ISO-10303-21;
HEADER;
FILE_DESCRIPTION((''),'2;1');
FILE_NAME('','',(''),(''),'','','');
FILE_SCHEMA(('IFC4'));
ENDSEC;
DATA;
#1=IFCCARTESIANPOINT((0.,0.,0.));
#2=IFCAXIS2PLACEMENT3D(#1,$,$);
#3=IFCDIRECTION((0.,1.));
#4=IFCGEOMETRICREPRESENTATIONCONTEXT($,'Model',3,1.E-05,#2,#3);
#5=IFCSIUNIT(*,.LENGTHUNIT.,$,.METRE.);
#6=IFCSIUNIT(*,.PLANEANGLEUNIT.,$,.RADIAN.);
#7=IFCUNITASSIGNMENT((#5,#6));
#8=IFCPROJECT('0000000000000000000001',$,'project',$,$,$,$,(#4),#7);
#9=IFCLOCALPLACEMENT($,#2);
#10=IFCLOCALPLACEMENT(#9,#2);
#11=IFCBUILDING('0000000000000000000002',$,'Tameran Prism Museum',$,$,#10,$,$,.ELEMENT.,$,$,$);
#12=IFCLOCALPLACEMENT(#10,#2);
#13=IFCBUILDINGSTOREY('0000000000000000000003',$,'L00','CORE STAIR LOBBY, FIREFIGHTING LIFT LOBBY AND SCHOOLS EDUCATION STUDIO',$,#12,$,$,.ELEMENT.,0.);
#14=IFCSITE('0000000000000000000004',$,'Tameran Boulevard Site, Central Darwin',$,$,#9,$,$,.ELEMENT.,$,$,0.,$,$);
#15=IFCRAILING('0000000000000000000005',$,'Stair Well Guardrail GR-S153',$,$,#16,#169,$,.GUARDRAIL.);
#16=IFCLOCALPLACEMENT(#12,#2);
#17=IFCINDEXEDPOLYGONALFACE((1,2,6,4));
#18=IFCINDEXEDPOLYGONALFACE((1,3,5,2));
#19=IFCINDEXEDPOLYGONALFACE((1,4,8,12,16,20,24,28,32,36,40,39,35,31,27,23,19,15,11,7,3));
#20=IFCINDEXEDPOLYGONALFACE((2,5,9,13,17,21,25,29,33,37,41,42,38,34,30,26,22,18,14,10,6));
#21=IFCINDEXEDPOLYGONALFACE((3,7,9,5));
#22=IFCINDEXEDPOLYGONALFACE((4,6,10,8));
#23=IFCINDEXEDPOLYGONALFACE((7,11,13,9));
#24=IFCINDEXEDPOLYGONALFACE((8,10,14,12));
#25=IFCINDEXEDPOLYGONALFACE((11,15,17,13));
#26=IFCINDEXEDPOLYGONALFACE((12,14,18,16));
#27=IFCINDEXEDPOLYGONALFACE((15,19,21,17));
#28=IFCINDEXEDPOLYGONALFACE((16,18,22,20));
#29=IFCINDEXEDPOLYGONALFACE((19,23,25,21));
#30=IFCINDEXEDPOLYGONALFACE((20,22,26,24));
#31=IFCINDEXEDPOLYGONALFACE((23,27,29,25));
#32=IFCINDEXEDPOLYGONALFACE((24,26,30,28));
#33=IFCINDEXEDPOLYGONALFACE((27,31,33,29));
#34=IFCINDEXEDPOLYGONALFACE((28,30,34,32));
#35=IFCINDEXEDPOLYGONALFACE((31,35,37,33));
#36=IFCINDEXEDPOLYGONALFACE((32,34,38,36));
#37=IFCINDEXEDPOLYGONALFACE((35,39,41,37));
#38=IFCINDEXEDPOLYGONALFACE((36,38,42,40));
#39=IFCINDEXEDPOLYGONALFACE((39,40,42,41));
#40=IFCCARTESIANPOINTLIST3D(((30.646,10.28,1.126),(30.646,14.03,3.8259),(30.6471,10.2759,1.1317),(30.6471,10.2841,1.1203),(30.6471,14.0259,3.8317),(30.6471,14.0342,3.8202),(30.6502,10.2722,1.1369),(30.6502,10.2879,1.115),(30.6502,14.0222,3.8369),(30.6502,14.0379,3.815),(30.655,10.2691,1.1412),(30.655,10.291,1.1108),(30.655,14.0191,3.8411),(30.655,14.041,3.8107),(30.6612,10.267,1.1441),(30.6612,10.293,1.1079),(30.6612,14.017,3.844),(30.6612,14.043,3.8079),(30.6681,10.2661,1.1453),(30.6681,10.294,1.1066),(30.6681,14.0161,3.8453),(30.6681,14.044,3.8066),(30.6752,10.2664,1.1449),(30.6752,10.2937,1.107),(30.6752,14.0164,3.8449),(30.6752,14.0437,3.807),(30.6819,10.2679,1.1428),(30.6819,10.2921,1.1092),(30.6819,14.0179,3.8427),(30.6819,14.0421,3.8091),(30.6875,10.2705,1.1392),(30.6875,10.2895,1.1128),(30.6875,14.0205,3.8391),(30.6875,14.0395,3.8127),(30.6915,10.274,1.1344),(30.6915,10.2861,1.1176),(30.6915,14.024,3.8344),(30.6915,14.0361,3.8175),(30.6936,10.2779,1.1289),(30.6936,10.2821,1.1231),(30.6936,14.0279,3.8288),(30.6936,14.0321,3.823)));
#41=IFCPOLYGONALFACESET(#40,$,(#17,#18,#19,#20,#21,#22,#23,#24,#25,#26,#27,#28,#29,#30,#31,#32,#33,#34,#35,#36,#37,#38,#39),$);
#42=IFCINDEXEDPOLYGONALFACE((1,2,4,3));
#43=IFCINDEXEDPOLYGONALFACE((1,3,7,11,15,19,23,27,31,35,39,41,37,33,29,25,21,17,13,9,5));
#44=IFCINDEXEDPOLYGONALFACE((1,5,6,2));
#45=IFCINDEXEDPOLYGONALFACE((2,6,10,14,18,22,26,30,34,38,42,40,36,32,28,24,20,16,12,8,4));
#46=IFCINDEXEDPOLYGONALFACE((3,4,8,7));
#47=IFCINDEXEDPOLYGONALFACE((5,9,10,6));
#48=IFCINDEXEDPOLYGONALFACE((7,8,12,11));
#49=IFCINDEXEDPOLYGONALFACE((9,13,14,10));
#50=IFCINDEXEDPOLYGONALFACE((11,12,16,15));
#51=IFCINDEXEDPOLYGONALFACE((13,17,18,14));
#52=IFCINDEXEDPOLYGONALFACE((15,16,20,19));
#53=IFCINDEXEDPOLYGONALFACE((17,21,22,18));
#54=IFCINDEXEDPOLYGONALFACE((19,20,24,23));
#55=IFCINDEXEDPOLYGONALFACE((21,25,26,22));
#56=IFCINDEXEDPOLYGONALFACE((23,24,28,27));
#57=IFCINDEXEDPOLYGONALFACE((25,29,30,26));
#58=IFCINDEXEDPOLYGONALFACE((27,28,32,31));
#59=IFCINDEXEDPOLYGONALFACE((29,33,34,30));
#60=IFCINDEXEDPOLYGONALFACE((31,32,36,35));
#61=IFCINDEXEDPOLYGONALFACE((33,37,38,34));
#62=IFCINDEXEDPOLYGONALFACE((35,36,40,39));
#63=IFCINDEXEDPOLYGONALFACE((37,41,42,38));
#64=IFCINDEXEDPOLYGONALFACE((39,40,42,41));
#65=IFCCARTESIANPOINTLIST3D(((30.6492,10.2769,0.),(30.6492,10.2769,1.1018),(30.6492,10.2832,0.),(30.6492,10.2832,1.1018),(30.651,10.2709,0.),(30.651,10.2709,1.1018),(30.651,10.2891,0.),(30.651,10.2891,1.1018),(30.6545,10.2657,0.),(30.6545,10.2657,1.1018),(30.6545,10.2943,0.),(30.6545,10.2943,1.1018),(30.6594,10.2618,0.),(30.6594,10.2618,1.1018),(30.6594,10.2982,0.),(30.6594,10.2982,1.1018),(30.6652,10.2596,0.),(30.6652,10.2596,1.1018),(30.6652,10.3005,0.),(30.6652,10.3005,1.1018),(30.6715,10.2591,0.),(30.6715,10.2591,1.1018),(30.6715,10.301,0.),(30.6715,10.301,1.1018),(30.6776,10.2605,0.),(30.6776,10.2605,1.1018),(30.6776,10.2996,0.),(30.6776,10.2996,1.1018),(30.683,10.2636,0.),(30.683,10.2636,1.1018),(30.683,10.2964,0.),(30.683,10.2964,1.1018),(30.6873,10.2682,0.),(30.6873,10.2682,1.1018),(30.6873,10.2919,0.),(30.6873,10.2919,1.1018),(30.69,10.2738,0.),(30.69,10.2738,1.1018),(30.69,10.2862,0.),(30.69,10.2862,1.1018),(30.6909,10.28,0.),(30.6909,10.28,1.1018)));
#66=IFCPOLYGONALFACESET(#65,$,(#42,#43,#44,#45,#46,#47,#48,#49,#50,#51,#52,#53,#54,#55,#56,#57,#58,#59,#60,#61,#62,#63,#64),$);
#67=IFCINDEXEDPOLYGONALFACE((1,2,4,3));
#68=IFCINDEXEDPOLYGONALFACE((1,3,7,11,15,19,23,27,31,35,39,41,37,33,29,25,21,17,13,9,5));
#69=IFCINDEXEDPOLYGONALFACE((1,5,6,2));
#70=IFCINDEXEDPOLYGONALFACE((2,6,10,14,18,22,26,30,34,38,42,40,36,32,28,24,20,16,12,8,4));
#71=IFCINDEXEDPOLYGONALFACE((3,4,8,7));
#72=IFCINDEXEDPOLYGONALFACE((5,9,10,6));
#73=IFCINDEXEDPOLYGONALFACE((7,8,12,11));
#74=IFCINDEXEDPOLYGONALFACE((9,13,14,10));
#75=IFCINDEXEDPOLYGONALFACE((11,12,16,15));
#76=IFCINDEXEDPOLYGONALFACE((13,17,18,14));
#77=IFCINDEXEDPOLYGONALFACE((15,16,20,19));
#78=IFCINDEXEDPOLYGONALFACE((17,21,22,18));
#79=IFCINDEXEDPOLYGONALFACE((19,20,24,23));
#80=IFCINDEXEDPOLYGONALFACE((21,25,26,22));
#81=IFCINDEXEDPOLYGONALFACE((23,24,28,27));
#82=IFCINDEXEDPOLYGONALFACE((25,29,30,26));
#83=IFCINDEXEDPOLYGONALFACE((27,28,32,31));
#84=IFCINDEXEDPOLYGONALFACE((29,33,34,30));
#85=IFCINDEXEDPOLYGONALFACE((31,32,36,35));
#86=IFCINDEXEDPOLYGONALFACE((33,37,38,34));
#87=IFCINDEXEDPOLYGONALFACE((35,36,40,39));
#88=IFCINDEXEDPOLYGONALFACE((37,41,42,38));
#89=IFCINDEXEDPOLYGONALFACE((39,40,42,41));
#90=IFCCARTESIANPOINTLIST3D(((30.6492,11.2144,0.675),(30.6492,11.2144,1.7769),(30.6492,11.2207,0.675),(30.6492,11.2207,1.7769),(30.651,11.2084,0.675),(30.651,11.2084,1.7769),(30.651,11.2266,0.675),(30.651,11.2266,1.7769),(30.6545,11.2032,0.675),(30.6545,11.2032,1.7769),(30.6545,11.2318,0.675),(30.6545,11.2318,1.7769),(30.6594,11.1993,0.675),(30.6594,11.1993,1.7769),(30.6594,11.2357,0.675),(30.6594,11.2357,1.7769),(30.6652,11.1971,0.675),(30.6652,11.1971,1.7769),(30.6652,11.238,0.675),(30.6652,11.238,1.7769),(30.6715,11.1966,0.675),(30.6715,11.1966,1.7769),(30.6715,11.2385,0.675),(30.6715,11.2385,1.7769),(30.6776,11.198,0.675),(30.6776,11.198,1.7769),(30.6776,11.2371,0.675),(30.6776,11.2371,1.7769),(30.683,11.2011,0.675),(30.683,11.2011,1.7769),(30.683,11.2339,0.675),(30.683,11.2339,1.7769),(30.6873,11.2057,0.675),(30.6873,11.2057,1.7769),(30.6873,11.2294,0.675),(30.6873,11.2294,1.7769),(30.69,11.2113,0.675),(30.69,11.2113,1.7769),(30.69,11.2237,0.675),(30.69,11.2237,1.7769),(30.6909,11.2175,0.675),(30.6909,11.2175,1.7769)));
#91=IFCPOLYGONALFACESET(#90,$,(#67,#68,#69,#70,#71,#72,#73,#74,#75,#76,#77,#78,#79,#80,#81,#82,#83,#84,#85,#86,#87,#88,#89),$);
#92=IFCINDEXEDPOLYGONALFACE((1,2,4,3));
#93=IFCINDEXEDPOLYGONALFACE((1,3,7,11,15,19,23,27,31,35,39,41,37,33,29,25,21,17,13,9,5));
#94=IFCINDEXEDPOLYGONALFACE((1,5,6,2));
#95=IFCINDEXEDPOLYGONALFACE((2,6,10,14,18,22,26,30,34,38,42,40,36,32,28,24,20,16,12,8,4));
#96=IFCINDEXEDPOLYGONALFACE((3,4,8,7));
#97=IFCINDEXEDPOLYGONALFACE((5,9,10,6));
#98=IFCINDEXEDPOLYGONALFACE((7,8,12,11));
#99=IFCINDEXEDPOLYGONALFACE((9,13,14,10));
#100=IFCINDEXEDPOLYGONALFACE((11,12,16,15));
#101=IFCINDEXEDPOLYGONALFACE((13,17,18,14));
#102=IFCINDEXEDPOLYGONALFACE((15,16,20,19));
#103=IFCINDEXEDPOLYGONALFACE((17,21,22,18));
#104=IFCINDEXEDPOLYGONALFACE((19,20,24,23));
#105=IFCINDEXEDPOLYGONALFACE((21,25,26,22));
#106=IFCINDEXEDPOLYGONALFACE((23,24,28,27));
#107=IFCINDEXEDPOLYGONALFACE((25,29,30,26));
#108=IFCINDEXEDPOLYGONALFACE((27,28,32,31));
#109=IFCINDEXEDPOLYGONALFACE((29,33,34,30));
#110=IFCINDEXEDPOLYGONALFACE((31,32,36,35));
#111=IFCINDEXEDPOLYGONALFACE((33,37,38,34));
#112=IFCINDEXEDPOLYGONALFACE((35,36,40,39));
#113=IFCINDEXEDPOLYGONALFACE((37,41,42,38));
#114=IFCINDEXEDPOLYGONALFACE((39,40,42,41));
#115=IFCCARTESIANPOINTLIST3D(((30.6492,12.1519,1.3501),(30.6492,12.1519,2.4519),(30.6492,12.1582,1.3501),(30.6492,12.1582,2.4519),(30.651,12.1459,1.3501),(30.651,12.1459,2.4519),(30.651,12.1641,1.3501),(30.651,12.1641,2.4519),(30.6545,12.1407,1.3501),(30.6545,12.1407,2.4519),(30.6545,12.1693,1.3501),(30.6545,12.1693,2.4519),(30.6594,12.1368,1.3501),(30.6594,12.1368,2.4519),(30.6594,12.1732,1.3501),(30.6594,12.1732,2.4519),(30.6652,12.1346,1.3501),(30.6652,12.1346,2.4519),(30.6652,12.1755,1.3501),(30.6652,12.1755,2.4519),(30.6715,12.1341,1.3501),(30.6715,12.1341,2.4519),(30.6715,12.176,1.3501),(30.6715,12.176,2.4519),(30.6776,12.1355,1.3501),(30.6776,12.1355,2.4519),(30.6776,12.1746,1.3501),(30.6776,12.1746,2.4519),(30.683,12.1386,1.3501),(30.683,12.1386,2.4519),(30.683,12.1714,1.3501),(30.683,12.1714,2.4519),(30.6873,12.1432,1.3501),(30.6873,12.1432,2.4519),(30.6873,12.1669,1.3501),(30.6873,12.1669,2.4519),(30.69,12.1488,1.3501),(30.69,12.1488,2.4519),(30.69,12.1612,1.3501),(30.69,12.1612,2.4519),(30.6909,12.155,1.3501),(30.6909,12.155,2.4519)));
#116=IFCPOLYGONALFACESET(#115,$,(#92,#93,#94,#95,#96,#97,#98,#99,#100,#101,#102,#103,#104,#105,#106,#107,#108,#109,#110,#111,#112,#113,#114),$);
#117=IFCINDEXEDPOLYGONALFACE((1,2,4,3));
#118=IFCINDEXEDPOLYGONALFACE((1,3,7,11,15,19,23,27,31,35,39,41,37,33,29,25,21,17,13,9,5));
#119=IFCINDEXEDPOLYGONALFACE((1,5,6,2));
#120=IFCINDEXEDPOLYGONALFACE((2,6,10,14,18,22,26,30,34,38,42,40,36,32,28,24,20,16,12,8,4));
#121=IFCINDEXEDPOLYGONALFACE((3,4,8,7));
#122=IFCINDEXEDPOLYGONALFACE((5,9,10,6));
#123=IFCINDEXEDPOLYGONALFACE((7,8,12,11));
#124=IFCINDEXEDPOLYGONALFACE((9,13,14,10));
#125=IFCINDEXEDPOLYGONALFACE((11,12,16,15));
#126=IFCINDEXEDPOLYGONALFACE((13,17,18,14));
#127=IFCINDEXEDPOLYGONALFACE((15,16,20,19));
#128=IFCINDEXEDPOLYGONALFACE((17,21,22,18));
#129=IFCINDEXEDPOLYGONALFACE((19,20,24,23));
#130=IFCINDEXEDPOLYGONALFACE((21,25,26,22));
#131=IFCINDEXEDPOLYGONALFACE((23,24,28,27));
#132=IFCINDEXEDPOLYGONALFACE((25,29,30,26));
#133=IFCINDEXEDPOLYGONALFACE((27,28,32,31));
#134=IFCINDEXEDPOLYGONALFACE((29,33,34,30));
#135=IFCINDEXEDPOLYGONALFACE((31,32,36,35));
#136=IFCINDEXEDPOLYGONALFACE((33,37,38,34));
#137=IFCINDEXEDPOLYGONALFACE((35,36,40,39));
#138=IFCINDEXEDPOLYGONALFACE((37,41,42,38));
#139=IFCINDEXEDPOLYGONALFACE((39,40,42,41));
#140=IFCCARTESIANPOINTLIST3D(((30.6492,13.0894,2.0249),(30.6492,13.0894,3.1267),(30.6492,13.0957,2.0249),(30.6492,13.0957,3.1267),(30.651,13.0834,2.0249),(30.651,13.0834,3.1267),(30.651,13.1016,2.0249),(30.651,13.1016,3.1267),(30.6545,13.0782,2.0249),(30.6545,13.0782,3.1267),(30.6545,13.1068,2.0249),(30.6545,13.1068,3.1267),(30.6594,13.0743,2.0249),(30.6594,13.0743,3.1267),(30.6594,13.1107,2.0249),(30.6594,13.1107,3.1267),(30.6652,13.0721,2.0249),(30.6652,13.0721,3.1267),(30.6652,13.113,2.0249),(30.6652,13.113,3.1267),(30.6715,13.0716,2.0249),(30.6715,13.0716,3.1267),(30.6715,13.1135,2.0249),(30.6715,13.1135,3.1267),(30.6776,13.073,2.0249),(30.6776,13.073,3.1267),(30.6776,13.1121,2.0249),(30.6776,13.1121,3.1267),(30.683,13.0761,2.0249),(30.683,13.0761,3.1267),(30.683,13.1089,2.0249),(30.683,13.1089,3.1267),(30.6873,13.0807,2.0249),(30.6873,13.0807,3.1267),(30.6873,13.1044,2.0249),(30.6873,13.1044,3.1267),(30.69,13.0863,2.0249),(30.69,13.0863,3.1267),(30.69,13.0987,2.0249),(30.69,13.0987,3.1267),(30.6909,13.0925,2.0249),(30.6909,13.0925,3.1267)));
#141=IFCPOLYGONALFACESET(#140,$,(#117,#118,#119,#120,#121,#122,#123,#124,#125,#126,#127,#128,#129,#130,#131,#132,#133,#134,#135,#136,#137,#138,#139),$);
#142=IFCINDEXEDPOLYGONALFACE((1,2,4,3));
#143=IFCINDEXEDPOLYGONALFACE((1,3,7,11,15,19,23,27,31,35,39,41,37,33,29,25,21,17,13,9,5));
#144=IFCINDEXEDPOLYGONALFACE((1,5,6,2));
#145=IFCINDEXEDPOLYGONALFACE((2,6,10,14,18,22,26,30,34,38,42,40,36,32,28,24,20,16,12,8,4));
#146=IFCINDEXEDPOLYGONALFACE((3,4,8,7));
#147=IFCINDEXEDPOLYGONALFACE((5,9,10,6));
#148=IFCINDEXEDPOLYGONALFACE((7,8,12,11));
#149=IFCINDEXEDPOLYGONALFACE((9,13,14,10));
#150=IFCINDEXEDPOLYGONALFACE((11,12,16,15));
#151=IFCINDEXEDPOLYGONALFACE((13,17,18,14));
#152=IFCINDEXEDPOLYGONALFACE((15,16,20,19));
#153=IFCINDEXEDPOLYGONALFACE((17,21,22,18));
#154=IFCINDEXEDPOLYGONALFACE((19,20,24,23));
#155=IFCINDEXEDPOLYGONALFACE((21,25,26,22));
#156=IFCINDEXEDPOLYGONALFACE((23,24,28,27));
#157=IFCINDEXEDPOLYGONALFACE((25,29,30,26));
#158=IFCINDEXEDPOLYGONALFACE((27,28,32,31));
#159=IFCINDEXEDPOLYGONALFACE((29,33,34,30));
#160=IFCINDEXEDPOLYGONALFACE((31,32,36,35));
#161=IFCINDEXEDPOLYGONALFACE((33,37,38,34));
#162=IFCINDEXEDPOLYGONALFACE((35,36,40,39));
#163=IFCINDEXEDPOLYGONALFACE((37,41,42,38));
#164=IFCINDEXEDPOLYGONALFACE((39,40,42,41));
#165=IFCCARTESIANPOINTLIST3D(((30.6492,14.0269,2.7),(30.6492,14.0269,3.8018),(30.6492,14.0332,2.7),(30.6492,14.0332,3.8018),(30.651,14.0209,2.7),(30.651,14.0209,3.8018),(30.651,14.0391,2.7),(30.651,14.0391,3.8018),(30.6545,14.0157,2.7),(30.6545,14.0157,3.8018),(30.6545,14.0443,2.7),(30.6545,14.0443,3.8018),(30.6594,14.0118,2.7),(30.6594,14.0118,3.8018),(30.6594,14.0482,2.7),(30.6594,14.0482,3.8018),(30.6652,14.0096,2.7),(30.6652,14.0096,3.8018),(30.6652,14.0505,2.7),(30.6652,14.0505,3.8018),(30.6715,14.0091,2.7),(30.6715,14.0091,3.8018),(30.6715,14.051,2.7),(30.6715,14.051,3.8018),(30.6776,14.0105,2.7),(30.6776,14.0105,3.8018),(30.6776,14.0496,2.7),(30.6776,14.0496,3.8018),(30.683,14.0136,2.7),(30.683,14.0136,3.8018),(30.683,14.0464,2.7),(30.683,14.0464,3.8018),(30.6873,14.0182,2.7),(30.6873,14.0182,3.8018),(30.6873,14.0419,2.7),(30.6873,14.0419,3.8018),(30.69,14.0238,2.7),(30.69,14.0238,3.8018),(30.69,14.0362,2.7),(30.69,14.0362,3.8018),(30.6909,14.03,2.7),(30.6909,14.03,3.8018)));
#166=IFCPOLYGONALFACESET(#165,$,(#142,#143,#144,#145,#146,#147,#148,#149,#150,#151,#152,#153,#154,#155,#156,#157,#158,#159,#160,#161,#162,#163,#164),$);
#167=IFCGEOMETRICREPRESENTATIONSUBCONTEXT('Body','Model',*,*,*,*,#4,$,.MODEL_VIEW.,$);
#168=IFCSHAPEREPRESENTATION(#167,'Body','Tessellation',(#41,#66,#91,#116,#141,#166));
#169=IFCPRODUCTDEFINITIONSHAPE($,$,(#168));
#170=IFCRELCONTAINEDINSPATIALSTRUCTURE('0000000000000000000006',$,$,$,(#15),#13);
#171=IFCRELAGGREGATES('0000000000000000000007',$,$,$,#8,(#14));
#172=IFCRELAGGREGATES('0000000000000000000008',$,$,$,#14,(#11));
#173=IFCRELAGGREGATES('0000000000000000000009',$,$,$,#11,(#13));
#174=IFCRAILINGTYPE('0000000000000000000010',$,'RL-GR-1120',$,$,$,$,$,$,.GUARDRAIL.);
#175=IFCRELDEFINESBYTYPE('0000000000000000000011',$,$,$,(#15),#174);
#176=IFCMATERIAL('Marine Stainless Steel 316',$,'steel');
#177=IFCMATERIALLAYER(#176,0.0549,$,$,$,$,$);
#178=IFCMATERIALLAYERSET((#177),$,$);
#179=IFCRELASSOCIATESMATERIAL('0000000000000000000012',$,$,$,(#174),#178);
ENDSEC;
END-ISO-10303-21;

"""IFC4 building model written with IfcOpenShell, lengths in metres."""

from ifc_helpers import new_model, si_unit, direction, frame, origin, origin_2d, place, context, subcontext, project, spatial, circle, extrude, material, layer, layer_set, type_object, element, save


model = new_model("IFC4")

# Units and contexts
model_context = context("Model", 3, precision=1e-05, world=origin(), true_north=direction((0.0, 1.0)))
body_context = subcontext(model_context, "Body", "Model", "MODEL_VIEW")
ifc_project = project(units=[si_unit("LENGTHUNIT", "METRE"), si_unit("PLANEANGLEUNIT", "RADIAN")], contexts=[model_context])

# Site, building, storey
site_placement = place(None, origin())
site = spatial("IfcSite", under=ifc_project, at=site_placement, Name="Tameran Boulevard Site, Central Darwin", CompositionType="ELEMENT", RefElevation=0.0)
building_placement = place(site_placement, origin())
building = spatial("IfcBuilding", under=site, at=building_placement, Name="Tameran Prism Museum", CompositionType="ELEMENT")
storey_placement = place(building_placement, origin())
storey = spatial("IfcBuildingStorey", under=building, at=storey_placement, Name="L00", Description="CORE STAIR LOBBY, FIREFIGHTING LIFT LOBBY AND SCHOOLS EDUCATION STUDIO", CompositionType="ELEMENT", Elevation=0.0)

# Railing
ifc_material_1 = material(Name="Marine Stainless Steel 316", Category="steel")
ifc_layer_1 = layer(ifc_material_1, 0.0549)
ifc_layer_set_1 = layer_set([ifc_layer_1])
railing_type_1 = type_object("IfcRailingType", Name="RL-GR-1120", PredefinedType="GUARDRAIL", material=ifc_layer_set_1)
railing_1_placement = place(storey_placement, frame((30.6699, 10.28, 0.0)))
element("IfcRailing", 1, at=railing_1_placement, inside=storey, type_object=railing_type_1, Name="Stair Well Guardrail GR-S153", PredefinedType="GUARDRAIL", context=body_context, shape_type="SweptSolid", body=[
    extrude(circle(Radius=0.0239, at=origin_2d()), frame((0.0, 0.0, 1.126), z_axis=(0.0, 0.811539, 0.584298), x_axis=(-1.0, 0.0, 0.0)), (0.0, 0.0, 1.0), 4.6208),
    extrude(circle(Radius=0.021, at=origin_2d()), origin(), (0.0, 0.0, 1.0), 1.1018),
    extrude(circle(Radius=0.021, at=origin_2d()), frame((0.0, 0.9375, 0.675)), (0.0, 0.0, 1.0), 1.1018),
    extrude(circle(Radius=0.021, at=origin_2d()), frame((0.0, 1.875, 1.3501)), (0.0, 0.0, 1.0), 1.1018),
    extrude(circle(Radius=0.021, at=origin_2d()), frame((0.0, 2.8125, 2.0249)), (0.0, 0.0, 1.0), 1.1018),
    extrude(circle(Radius=0.021, at=origin_2d()), frame((0.0, 3.75, 2.7)), (0.0, 0.0, 1.0), 1.1018),
])

save(model, "model.ifc")
